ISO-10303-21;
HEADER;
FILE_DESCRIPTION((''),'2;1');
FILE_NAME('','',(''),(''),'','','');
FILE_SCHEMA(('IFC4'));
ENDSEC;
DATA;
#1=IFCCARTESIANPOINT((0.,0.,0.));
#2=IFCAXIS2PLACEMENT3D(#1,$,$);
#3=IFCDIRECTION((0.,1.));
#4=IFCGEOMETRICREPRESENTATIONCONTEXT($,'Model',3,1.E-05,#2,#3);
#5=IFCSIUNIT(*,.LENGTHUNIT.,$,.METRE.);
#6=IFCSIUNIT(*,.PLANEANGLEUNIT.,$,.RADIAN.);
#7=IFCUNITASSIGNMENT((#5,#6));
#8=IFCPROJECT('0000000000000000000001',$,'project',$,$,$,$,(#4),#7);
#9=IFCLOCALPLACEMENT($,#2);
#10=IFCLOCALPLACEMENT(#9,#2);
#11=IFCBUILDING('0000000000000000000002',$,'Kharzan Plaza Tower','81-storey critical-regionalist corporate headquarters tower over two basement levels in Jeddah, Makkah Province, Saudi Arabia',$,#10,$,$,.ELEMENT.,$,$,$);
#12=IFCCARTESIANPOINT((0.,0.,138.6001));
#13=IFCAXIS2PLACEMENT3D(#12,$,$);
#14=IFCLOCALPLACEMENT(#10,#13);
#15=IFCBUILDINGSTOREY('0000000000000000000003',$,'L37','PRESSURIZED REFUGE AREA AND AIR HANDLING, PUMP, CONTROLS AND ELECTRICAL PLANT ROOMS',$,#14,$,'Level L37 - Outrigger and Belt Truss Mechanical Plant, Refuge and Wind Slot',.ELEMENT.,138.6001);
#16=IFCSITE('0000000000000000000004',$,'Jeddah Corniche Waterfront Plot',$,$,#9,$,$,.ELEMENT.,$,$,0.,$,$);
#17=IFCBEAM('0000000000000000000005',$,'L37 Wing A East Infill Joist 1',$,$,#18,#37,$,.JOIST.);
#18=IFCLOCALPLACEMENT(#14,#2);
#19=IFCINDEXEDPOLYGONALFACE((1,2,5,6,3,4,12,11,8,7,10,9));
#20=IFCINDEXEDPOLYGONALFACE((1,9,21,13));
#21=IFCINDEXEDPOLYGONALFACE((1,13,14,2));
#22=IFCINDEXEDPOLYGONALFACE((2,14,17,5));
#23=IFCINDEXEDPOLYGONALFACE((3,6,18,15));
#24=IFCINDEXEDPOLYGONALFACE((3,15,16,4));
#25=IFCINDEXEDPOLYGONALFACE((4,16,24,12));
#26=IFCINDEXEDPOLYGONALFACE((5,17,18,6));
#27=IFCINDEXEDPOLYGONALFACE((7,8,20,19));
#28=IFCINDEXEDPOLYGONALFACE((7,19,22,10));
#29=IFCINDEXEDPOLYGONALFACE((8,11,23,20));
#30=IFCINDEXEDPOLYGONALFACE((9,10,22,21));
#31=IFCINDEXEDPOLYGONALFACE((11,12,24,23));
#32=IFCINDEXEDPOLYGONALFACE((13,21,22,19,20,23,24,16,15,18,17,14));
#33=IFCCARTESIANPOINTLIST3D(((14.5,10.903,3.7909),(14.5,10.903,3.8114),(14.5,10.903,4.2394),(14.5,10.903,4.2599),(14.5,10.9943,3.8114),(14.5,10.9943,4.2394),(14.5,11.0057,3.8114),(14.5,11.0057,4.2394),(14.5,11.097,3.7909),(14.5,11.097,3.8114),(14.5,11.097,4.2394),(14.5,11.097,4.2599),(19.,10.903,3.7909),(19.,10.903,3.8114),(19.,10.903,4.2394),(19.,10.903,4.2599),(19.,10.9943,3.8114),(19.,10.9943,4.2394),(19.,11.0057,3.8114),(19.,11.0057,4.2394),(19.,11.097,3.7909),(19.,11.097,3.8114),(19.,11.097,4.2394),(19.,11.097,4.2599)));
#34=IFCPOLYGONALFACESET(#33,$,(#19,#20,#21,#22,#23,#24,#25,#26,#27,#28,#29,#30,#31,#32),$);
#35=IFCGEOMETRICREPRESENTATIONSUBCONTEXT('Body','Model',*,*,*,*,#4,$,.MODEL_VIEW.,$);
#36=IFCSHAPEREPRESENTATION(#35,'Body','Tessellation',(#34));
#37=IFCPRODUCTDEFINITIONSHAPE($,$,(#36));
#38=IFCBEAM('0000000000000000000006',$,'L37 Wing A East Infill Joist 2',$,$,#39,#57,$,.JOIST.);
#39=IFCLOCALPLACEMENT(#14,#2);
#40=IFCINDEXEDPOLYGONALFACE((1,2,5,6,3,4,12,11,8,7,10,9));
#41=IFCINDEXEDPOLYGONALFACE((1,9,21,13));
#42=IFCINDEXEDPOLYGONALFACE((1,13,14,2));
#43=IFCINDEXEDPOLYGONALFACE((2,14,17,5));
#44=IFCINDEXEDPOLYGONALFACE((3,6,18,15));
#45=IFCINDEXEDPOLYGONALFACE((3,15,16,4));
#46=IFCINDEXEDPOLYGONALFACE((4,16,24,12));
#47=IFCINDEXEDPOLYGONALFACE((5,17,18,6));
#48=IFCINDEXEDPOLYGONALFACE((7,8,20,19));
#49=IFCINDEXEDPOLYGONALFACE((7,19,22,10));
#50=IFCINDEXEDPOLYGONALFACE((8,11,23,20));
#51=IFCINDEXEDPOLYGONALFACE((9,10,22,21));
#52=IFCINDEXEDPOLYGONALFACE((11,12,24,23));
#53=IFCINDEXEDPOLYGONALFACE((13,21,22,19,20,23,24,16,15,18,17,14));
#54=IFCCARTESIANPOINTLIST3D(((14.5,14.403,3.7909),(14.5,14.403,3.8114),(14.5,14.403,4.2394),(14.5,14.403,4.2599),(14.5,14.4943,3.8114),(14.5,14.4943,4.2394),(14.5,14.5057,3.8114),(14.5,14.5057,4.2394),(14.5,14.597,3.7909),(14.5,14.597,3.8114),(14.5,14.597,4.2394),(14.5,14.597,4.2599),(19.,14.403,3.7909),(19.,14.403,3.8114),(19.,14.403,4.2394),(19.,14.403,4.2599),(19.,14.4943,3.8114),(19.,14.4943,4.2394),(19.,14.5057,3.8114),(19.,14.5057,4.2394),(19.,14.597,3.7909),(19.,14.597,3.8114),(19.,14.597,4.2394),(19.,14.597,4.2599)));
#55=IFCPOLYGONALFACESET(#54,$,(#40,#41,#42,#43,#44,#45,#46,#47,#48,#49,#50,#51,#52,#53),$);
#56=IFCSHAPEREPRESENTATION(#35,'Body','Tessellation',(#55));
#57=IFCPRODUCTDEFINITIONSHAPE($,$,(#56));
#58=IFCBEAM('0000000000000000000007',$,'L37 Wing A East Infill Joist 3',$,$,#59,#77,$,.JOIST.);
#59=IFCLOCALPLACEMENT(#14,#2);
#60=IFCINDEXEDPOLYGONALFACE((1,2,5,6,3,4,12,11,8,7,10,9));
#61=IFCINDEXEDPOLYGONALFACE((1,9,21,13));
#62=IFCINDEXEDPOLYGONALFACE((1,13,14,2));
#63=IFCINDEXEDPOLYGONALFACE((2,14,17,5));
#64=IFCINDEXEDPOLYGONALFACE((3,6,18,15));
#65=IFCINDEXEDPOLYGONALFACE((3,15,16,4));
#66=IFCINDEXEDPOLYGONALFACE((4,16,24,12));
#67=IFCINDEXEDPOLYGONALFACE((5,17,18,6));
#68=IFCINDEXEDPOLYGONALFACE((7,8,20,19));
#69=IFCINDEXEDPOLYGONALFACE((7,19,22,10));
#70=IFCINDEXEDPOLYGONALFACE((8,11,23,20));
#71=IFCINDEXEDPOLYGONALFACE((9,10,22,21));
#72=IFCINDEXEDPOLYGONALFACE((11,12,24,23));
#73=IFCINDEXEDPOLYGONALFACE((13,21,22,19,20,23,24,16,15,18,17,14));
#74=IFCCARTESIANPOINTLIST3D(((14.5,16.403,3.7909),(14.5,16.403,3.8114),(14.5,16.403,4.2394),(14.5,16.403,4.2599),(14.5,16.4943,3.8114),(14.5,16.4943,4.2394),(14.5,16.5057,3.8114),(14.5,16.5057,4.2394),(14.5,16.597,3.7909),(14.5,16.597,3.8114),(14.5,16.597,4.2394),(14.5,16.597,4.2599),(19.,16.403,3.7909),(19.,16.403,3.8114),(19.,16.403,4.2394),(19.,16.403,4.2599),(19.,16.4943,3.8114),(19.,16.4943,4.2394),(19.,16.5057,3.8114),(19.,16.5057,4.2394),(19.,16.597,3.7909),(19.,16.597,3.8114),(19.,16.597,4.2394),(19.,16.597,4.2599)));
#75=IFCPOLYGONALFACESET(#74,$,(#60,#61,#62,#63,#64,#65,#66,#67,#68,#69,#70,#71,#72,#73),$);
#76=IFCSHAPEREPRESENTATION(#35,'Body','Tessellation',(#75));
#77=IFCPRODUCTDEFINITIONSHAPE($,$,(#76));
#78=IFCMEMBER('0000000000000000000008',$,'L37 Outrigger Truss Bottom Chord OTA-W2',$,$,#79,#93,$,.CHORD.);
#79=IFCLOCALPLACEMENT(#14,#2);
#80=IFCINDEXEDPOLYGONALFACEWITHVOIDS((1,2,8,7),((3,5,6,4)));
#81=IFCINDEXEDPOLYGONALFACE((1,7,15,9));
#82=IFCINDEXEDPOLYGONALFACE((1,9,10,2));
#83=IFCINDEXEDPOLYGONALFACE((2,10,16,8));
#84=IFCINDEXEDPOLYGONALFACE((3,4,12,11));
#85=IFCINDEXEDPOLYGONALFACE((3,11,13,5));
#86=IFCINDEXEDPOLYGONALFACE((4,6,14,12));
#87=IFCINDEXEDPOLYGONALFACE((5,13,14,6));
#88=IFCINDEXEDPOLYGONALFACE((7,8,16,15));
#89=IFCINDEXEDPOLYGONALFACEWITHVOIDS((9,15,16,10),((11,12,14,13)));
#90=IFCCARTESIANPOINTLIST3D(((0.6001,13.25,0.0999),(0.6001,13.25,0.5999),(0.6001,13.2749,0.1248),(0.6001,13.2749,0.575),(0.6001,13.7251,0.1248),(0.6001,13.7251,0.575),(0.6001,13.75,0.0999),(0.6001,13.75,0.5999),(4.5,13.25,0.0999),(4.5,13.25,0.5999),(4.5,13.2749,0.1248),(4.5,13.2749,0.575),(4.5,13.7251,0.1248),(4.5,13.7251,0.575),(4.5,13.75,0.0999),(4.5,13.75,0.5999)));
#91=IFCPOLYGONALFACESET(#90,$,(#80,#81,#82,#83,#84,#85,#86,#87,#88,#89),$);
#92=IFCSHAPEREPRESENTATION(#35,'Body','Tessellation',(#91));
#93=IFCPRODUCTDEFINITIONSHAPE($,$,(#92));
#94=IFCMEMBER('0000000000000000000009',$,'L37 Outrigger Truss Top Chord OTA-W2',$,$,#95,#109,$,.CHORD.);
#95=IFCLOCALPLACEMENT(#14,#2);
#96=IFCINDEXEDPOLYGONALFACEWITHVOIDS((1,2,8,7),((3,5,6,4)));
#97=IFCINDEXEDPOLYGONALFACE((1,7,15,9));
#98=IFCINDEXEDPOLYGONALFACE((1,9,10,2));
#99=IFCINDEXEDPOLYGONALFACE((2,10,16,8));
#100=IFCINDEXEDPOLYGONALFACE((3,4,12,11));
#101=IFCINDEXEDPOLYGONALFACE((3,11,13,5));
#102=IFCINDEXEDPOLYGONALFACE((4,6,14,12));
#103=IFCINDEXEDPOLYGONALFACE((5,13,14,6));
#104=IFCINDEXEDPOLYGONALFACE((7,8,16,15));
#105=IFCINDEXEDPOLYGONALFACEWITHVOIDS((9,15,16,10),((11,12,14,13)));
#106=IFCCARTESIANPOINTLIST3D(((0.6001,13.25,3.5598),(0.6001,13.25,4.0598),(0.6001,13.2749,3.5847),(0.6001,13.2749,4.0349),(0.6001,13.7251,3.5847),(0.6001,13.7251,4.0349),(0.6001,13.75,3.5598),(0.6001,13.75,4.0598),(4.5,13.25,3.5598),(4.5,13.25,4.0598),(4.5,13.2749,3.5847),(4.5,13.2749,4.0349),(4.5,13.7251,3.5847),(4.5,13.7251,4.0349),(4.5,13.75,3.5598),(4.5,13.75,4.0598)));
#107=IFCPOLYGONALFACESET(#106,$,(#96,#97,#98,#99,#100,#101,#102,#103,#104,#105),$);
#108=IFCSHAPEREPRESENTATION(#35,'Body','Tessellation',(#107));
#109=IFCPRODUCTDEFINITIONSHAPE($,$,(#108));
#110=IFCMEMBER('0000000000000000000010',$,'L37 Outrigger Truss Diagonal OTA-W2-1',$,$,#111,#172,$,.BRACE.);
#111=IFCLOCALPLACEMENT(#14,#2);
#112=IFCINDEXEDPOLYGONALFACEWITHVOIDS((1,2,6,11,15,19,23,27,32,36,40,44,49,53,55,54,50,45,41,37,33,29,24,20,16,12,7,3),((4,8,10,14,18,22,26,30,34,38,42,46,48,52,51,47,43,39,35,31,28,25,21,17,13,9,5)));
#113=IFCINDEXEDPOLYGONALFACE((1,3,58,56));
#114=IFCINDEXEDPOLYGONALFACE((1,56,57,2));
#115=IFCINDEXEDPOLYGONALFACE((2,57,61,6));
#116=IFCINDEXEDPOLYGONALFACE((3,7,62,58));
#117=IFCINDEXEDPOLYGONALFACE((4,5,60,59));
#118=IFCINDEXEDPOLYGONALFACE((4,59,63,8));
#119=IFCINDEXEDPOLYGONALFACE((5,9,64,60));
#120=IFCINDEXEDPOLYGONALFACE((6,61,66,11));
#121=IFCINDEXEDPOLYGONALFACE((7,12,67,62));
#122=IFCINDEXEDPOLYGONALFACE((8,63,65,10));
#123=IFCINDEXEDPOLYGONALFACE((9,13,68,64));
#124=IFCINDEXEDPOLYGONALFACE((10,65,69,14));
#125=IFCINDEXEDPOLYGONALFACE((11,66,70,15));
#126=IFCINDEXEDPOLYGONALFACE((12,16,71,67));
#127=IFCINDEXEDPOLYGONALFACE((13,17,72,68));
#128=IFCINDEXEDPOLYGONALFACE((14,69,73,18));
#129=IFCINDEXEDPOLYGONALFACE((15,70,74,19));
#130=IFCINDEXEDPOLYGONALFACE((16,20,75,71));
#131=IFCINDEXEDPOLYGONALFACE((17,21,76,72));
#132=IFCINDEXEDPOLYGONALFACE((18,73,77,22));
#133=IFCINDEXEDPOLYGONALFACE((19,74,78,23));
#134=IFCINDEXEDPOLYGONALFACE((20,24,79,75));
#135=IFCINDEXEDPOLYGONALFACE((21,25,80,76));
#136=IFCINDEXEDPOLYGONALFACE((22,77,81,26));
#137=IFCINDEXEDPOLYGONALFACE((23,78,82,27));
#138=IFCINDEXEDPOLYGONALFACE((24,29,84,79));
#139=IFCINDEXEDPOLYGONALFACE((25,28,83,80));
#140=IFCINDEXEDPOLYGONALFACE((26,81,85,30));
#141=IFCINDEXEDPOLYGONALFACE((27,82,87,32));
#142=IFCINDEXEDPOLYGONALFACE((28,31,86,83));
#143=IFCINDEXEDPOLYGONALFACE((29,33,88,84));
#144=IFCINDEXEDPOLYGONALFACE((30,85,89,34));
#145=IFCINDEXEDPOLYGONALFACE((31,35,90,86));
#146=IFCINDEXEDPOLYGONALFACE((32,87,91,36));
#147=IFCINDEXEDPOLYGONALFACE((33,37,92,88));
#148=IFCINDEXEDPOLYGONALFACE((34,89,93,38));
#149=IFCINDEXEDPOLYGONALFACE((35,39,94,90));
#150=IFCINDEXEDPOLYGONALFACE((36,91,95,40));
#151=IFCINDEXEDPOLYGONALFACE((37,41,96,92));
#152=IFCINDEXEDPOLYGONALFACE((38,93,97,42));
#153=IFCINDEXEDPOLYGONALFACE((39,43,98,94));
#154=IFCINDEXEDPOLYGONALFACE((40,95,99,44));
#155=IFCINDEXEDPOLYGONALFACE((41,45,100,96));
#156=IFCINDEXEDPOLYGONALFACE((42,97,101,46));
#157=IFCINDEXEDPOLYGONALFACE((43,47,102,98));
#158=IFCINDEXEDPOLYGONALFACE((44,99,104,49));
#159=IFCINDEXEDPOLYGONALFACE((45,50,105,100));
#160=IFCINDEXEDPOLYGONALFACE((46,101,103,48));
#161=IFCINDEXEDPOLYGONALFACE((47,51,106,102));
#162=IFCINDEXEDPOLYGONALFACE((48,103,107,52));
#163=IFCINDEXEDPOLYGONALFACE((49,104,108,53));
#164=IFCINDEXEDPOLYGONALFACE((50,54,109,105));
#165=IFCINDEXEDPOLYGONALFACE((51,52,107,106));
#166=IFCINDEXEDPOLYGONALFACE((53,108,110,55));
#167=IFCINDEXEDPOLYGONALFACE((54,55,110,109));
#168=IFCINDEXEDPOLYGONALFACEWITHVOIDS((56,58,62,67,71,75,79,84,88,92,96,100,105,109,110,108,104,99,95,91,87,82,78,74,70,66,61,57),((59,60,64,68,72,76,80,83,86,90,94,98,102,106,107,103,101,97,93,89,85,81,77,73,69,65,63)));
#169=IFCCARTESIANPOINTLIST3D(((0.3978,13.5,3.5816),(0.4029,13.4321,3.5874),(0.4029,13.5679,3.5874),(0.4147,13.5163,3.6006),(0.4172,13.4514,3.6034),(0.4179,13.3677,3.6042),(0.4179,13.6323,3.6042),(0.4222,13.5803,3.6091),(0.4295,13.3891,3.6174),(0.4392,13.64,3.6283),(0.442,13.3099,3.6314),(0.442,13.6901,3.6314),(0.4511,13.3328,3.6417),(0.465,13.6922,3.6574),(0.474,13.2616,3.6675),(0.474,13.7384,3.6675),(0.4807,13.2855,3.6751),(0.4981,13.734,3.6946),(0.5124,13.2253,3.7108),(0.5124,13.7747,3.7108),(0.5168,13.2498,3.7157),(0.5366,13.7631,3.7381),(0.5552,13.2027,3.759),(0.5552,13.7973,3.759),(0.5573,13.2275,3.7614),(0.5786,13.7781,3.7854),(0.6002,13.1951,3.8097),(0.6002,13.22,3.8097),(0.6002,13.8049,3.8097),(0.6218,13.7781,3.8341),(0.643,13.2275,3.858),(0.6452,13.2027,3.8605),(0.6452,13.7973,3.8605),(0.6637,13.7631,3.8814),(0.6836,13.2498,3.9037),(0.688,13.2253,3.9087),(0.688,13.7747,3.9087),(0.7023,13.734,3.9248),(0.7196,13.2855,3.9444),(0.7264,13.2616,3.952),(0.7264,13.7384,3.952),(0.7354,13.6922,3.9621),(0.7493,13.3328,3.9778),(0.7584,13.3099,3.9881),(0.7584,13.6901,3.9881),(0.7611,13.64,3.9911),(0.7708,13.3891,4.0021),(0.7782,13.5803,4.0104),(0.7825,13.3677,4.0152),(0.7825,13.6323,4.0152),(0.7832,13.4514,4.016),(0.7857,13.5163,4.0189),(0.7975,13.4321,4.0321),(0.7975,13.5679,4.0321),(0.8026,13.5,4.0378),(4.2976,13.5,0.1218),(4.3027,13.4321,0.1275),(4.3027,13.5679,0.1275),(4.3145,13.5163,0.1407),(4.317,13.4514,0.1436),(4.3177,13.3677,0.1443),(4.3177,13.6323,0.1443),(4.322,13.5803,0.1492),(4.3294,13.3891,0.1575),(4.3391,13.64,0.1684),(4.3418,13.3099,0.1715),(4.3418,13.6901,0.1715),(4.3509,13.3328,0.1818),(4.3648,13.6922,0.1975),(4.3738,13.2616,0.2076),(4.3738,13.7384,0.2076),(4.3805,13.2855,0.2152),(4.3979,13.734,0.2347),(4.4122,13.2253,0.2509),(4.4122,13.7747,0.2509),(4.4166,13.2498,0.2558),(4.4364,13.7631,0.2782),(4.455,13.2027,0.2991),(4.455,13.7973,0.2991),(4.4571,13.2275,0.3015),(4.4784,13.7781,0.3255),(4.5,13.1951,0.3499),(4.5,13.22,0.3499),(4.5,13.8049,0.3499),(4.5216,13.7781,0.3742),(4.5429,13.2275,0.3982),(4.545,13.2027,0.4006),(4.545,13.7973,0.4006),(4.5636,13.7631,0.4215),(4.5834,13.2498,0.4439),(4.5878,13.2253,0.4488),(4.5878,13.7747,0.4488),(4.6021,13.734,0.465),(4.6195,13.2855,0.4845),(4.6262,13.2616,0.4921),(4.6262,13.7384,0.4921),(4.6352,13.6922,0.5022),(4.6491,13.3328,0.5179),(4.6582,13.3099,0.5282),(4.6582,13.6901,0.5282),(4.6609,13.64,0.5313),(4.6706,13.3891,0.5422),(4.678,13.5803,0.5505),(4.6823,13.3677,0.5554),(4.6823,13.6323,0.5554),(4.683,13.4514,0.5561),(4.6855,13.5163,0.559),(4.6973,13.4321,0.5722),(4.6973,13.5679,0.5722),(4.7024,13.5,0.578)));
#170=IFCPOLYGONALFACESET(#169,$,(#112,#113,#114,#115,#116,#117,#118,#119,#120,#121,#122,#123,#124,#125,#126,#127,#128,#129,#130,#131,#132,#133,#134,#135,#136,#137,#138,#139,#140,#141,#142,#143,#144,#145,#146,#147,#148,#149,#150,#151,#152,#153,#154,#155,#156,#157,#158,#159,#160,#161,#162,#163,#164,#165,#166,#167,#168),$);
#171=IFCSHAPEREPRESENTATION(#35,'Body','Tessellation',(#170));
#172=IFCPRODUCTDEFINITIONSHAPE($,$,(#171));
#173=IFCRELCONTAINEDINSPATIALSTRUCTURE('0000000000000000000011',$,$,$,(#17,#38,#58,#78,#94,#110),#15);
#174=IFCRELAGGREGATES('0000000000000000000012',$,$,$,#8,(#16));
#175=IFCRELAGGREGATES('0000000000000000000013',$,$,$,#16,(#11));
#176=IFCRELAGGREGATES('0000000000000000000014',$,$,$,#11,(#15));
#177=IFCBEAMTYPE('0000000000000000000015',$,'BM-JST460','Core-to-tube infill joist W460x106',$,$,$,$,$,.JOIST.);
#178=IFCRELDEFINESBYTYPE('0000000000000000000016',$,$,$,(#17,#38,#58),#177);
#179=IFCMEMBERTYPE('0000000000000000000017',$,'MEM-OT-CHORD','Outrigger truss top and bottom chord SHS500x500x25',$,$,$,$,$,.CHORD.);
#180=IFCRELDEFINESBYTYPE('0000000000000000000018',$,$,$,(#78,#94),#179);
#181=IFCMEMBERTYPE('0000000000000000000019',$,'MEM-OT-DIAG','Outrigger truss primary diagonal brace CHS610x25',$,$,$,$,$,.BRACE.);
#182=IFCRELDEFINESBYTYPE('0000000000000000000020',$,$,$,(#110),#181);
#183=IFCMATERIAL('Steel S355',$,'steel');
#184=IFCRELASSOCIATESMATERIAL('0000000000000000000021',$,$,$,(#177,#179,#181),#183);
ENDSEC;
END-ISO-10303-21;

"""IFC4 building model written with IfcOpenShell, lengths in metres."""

from ifc_helpers import new_model, si_unit, direction, frame, origin, origin_2d, place, context, subcontext, project, spatial, hollow_rectangle, hollow_circle, i_section, extrude, source, transform, mapped, material, material_profile, profile_set, type_object, element, save


model = new_model("IFC4")

# Units and contexts
model_context = context("Model", 3, precision=1e-05, world=origin(), true_north=direction((0.0, 1.0)))
body_context = subcontext(model_context, "Body", "Model", "MODEL_VIEW")
ifc_project = project(units=[si_unit("LENGTHUNIT", "METRE"), si_unit("PLANEANGLEUNIT", "RADIAN")], contexts=[model_context])

# Site, building, storey
site_placement = place(None, origin())
site = spatial("IfcSite", under=ifc_project, at=site_placement, Name="Jeddah Corniche Waterfront Plot", CompositionType="ELEMENT", RefElevation=0.0)
building_placement = place(site_placement, origin())
building = spatial("IfcBuilding", under=site, at=building_placement, Name="Kharzan Plaza Tower", Description="81-storey critical-regionalist corporate headquarters tower over two basement levels in Jeddah, Makkah Province, Saudi Arabia", CompositionType="ELEMENT")
storey_placement = place(building_placement, frame((0.0, 0.0, 138.6001)))
storey = spatial("IfcBuildingStorey", under=building, at=storey_placement, Name="L37", Description="PRESSURIZED REFUGE AREA AND AIR HANDLING, PUMP, CONTROLS AND ELECTRICAL PLANT ROOMS", LongName="Level L37 - Outrigger and Belt Truss Mechanical Plant, Refuge and Wind Slot", CompositionType="ELEMENT", Elevation=138.6001)

# Beams
ifc_material_1 = material(Name="Steel S355", Category="steel")
ifc_material_profile_1 = material_profile(ifc_material_1, i_section(OverallWidth=0.1941, OverallDepth=0.469, WebThickness=0.0115, FlangeThickness=0.0205, at=origin_2d()), Name="W460x106")
ifc_profile_set_1 = profile_set([ifc_material_profile_1], Name="Steel S355")
beam_type = type_object("IfcBeamType", Name="BM-JST460", Description="Core-to-tube infill joist W460x106", PredefinedType="JOIST", material=ifc_profile_set_1)
shared_shape_1 = source(origin(), body_context, "Body", "SweptSolid", [
    extrude(i_section(OverallWidth=0.1941, OverallDepth=0.469, WebThickness=0.0115, FlangeThickness=0.0205, at=origin_2d()), origin(), (0.0, 0.0, 1.0), 4.5),
])
for number, where, z_axis, x_axis, name in (
    (1, (14.5, 11.0, 4.0254), (1.0, 0.0, 0.0), (0.0, 1.0, 0.0), "L37 Wing A East Infill Joist 1"),
    (2, (14.5, 14.5, 4.0254), (1.0, 0.0, 0.0), (0.0, 1.0, 0.0), "L37 Wing A East Infill Joist 2"),
    (3, (14.5, 16.5, 4.0254), (1.0, 0.0, 0.0), (0.0, 1.0, 0.0), "L37 Wing A East Infill Joist 3"),
):
    element("IfcBeam", number, at=place(storey_placement, frame(where, z_axis=z_axis, x_axis=x_axis)), inside=storey, type_object=beam_type, Name=name, PredefinedType="JOIST", context=body_context, shape_type="MappedRepresentation", body=[
        mapped(shared_shape_1, transform((0.0, 0.0, 0.0), x_axis=(1.0, 0.0, 0.0), y_axis=(0.0, 1.0, 0.0), z_axis=(0.0, 0.0, 1.0))),
    ])

# Members
ifc_material_profile_2 = material_profile(ifc_material_1, hollow_rectangle(XDim=0.5, YDim=0.5, WallThickness=0.0249, at=origin_2d()), Name="SHS500x500x25")
ifc_profile_set_2 = profile_set([ifc_material_profile_2], Name="Steel S355")
member_type_1 = type_object("IfcMemberType", Name="MEM-OT-CHORD", Description="Outrigger truss top and bottom chord SHS500x500x25", PredefinedType="CHORD", material=ifc_profile_set_2)
shared_shape_2 = source(origin(), body_context, "Body", "SweptSolid", [
    extrude(hollow_rectangle(XDim=0.5, YDim=0.5, WallThickness=0.0249, at=origin_2d()), origin(), (0.0, 0.0, 1.0), 3.8999),
])
for number, where, z_axis, x_axis, name in (
    (4, (4.5, 13.5, 0.3499), (-1.0, 0.0, 0.0), (0.0, -1.0, 0.0), "L37 Outrigger Truss Bottom Chord OTA-W2"),
    (5, (4.5, 13.5, 3.8098), (-1.0, 0.0, 0.0), (0.0, -1.0, 0.0), "L37 Outrigger Truss Top Chord OTA-W2"),
):
    element("IfcMember", number, at=place(storey_placement, frame(where, z_axis=z_axis, x_axis=x_axis)), inside=storey, type_object=member_type_1, Name=name, PredefinedType="CHORD", context=body_context, shape_type="MappedRepresentation", body=[
        mapped(shared_shape_2, transform((0.0, 0.0, 0.0), x_axis=(1.0, 0.0, 0.0), y_axis=(0.0, 1.0, 0.0), z_axis=(0.0, 0.0, 1.0))),
    ])
ifc_material_profile_3 = material_profile(ifc_material_1, hollow_circle(Radius=0.3049, WallThickness=0.0249, at=origin_2d()), Name="CHS610x25")
ifc_profile_set_3 = profile_set([ifc_material_profile_3], Name="Steel S355")
member_type_2 = type_object("IfcMemberType", Name="MEM-OT-DIAG", Description="Outrigger truss primary diagonal brace CHS610x25", PredefinedType="BRACE", material=ifc_profile_set_3)
shared_shape_3 = source(origin(), body_context, "Body", "SweptSolid", [
    extrude(hollow_circle(Radius=0.3049, WallThickness=0.0249, at=origin_2d()), origin(), (0.0, 0.0, 1.0), 5.2134),
])
member_1_placement = place(storey_placement, frame((4.5, 13.5, 0.3499), z_axis=(-0.748039, 0.0, 0.663654), x_axis=(0.0, -1.0, 0.0)))
element("IfcMember", 6, at=member_1_placement, inside=storey, type_object=member_type_2, Name="L37 Outrigger Truss Diagonal OTA-W2-1", PredefinedType="BRACE", context=body_context, shape_type="MappedRepresentation", body=[
    mapped(shared_shape_3, transform((0.0, 0.0, 0.0), x_axis=(1.0, 0.0, 0.0), y_axis=(0.0, 1.0, 0.0), z_axis=(0.0, 0.0, 1.0))),
])

save(model, "model.ifc")
